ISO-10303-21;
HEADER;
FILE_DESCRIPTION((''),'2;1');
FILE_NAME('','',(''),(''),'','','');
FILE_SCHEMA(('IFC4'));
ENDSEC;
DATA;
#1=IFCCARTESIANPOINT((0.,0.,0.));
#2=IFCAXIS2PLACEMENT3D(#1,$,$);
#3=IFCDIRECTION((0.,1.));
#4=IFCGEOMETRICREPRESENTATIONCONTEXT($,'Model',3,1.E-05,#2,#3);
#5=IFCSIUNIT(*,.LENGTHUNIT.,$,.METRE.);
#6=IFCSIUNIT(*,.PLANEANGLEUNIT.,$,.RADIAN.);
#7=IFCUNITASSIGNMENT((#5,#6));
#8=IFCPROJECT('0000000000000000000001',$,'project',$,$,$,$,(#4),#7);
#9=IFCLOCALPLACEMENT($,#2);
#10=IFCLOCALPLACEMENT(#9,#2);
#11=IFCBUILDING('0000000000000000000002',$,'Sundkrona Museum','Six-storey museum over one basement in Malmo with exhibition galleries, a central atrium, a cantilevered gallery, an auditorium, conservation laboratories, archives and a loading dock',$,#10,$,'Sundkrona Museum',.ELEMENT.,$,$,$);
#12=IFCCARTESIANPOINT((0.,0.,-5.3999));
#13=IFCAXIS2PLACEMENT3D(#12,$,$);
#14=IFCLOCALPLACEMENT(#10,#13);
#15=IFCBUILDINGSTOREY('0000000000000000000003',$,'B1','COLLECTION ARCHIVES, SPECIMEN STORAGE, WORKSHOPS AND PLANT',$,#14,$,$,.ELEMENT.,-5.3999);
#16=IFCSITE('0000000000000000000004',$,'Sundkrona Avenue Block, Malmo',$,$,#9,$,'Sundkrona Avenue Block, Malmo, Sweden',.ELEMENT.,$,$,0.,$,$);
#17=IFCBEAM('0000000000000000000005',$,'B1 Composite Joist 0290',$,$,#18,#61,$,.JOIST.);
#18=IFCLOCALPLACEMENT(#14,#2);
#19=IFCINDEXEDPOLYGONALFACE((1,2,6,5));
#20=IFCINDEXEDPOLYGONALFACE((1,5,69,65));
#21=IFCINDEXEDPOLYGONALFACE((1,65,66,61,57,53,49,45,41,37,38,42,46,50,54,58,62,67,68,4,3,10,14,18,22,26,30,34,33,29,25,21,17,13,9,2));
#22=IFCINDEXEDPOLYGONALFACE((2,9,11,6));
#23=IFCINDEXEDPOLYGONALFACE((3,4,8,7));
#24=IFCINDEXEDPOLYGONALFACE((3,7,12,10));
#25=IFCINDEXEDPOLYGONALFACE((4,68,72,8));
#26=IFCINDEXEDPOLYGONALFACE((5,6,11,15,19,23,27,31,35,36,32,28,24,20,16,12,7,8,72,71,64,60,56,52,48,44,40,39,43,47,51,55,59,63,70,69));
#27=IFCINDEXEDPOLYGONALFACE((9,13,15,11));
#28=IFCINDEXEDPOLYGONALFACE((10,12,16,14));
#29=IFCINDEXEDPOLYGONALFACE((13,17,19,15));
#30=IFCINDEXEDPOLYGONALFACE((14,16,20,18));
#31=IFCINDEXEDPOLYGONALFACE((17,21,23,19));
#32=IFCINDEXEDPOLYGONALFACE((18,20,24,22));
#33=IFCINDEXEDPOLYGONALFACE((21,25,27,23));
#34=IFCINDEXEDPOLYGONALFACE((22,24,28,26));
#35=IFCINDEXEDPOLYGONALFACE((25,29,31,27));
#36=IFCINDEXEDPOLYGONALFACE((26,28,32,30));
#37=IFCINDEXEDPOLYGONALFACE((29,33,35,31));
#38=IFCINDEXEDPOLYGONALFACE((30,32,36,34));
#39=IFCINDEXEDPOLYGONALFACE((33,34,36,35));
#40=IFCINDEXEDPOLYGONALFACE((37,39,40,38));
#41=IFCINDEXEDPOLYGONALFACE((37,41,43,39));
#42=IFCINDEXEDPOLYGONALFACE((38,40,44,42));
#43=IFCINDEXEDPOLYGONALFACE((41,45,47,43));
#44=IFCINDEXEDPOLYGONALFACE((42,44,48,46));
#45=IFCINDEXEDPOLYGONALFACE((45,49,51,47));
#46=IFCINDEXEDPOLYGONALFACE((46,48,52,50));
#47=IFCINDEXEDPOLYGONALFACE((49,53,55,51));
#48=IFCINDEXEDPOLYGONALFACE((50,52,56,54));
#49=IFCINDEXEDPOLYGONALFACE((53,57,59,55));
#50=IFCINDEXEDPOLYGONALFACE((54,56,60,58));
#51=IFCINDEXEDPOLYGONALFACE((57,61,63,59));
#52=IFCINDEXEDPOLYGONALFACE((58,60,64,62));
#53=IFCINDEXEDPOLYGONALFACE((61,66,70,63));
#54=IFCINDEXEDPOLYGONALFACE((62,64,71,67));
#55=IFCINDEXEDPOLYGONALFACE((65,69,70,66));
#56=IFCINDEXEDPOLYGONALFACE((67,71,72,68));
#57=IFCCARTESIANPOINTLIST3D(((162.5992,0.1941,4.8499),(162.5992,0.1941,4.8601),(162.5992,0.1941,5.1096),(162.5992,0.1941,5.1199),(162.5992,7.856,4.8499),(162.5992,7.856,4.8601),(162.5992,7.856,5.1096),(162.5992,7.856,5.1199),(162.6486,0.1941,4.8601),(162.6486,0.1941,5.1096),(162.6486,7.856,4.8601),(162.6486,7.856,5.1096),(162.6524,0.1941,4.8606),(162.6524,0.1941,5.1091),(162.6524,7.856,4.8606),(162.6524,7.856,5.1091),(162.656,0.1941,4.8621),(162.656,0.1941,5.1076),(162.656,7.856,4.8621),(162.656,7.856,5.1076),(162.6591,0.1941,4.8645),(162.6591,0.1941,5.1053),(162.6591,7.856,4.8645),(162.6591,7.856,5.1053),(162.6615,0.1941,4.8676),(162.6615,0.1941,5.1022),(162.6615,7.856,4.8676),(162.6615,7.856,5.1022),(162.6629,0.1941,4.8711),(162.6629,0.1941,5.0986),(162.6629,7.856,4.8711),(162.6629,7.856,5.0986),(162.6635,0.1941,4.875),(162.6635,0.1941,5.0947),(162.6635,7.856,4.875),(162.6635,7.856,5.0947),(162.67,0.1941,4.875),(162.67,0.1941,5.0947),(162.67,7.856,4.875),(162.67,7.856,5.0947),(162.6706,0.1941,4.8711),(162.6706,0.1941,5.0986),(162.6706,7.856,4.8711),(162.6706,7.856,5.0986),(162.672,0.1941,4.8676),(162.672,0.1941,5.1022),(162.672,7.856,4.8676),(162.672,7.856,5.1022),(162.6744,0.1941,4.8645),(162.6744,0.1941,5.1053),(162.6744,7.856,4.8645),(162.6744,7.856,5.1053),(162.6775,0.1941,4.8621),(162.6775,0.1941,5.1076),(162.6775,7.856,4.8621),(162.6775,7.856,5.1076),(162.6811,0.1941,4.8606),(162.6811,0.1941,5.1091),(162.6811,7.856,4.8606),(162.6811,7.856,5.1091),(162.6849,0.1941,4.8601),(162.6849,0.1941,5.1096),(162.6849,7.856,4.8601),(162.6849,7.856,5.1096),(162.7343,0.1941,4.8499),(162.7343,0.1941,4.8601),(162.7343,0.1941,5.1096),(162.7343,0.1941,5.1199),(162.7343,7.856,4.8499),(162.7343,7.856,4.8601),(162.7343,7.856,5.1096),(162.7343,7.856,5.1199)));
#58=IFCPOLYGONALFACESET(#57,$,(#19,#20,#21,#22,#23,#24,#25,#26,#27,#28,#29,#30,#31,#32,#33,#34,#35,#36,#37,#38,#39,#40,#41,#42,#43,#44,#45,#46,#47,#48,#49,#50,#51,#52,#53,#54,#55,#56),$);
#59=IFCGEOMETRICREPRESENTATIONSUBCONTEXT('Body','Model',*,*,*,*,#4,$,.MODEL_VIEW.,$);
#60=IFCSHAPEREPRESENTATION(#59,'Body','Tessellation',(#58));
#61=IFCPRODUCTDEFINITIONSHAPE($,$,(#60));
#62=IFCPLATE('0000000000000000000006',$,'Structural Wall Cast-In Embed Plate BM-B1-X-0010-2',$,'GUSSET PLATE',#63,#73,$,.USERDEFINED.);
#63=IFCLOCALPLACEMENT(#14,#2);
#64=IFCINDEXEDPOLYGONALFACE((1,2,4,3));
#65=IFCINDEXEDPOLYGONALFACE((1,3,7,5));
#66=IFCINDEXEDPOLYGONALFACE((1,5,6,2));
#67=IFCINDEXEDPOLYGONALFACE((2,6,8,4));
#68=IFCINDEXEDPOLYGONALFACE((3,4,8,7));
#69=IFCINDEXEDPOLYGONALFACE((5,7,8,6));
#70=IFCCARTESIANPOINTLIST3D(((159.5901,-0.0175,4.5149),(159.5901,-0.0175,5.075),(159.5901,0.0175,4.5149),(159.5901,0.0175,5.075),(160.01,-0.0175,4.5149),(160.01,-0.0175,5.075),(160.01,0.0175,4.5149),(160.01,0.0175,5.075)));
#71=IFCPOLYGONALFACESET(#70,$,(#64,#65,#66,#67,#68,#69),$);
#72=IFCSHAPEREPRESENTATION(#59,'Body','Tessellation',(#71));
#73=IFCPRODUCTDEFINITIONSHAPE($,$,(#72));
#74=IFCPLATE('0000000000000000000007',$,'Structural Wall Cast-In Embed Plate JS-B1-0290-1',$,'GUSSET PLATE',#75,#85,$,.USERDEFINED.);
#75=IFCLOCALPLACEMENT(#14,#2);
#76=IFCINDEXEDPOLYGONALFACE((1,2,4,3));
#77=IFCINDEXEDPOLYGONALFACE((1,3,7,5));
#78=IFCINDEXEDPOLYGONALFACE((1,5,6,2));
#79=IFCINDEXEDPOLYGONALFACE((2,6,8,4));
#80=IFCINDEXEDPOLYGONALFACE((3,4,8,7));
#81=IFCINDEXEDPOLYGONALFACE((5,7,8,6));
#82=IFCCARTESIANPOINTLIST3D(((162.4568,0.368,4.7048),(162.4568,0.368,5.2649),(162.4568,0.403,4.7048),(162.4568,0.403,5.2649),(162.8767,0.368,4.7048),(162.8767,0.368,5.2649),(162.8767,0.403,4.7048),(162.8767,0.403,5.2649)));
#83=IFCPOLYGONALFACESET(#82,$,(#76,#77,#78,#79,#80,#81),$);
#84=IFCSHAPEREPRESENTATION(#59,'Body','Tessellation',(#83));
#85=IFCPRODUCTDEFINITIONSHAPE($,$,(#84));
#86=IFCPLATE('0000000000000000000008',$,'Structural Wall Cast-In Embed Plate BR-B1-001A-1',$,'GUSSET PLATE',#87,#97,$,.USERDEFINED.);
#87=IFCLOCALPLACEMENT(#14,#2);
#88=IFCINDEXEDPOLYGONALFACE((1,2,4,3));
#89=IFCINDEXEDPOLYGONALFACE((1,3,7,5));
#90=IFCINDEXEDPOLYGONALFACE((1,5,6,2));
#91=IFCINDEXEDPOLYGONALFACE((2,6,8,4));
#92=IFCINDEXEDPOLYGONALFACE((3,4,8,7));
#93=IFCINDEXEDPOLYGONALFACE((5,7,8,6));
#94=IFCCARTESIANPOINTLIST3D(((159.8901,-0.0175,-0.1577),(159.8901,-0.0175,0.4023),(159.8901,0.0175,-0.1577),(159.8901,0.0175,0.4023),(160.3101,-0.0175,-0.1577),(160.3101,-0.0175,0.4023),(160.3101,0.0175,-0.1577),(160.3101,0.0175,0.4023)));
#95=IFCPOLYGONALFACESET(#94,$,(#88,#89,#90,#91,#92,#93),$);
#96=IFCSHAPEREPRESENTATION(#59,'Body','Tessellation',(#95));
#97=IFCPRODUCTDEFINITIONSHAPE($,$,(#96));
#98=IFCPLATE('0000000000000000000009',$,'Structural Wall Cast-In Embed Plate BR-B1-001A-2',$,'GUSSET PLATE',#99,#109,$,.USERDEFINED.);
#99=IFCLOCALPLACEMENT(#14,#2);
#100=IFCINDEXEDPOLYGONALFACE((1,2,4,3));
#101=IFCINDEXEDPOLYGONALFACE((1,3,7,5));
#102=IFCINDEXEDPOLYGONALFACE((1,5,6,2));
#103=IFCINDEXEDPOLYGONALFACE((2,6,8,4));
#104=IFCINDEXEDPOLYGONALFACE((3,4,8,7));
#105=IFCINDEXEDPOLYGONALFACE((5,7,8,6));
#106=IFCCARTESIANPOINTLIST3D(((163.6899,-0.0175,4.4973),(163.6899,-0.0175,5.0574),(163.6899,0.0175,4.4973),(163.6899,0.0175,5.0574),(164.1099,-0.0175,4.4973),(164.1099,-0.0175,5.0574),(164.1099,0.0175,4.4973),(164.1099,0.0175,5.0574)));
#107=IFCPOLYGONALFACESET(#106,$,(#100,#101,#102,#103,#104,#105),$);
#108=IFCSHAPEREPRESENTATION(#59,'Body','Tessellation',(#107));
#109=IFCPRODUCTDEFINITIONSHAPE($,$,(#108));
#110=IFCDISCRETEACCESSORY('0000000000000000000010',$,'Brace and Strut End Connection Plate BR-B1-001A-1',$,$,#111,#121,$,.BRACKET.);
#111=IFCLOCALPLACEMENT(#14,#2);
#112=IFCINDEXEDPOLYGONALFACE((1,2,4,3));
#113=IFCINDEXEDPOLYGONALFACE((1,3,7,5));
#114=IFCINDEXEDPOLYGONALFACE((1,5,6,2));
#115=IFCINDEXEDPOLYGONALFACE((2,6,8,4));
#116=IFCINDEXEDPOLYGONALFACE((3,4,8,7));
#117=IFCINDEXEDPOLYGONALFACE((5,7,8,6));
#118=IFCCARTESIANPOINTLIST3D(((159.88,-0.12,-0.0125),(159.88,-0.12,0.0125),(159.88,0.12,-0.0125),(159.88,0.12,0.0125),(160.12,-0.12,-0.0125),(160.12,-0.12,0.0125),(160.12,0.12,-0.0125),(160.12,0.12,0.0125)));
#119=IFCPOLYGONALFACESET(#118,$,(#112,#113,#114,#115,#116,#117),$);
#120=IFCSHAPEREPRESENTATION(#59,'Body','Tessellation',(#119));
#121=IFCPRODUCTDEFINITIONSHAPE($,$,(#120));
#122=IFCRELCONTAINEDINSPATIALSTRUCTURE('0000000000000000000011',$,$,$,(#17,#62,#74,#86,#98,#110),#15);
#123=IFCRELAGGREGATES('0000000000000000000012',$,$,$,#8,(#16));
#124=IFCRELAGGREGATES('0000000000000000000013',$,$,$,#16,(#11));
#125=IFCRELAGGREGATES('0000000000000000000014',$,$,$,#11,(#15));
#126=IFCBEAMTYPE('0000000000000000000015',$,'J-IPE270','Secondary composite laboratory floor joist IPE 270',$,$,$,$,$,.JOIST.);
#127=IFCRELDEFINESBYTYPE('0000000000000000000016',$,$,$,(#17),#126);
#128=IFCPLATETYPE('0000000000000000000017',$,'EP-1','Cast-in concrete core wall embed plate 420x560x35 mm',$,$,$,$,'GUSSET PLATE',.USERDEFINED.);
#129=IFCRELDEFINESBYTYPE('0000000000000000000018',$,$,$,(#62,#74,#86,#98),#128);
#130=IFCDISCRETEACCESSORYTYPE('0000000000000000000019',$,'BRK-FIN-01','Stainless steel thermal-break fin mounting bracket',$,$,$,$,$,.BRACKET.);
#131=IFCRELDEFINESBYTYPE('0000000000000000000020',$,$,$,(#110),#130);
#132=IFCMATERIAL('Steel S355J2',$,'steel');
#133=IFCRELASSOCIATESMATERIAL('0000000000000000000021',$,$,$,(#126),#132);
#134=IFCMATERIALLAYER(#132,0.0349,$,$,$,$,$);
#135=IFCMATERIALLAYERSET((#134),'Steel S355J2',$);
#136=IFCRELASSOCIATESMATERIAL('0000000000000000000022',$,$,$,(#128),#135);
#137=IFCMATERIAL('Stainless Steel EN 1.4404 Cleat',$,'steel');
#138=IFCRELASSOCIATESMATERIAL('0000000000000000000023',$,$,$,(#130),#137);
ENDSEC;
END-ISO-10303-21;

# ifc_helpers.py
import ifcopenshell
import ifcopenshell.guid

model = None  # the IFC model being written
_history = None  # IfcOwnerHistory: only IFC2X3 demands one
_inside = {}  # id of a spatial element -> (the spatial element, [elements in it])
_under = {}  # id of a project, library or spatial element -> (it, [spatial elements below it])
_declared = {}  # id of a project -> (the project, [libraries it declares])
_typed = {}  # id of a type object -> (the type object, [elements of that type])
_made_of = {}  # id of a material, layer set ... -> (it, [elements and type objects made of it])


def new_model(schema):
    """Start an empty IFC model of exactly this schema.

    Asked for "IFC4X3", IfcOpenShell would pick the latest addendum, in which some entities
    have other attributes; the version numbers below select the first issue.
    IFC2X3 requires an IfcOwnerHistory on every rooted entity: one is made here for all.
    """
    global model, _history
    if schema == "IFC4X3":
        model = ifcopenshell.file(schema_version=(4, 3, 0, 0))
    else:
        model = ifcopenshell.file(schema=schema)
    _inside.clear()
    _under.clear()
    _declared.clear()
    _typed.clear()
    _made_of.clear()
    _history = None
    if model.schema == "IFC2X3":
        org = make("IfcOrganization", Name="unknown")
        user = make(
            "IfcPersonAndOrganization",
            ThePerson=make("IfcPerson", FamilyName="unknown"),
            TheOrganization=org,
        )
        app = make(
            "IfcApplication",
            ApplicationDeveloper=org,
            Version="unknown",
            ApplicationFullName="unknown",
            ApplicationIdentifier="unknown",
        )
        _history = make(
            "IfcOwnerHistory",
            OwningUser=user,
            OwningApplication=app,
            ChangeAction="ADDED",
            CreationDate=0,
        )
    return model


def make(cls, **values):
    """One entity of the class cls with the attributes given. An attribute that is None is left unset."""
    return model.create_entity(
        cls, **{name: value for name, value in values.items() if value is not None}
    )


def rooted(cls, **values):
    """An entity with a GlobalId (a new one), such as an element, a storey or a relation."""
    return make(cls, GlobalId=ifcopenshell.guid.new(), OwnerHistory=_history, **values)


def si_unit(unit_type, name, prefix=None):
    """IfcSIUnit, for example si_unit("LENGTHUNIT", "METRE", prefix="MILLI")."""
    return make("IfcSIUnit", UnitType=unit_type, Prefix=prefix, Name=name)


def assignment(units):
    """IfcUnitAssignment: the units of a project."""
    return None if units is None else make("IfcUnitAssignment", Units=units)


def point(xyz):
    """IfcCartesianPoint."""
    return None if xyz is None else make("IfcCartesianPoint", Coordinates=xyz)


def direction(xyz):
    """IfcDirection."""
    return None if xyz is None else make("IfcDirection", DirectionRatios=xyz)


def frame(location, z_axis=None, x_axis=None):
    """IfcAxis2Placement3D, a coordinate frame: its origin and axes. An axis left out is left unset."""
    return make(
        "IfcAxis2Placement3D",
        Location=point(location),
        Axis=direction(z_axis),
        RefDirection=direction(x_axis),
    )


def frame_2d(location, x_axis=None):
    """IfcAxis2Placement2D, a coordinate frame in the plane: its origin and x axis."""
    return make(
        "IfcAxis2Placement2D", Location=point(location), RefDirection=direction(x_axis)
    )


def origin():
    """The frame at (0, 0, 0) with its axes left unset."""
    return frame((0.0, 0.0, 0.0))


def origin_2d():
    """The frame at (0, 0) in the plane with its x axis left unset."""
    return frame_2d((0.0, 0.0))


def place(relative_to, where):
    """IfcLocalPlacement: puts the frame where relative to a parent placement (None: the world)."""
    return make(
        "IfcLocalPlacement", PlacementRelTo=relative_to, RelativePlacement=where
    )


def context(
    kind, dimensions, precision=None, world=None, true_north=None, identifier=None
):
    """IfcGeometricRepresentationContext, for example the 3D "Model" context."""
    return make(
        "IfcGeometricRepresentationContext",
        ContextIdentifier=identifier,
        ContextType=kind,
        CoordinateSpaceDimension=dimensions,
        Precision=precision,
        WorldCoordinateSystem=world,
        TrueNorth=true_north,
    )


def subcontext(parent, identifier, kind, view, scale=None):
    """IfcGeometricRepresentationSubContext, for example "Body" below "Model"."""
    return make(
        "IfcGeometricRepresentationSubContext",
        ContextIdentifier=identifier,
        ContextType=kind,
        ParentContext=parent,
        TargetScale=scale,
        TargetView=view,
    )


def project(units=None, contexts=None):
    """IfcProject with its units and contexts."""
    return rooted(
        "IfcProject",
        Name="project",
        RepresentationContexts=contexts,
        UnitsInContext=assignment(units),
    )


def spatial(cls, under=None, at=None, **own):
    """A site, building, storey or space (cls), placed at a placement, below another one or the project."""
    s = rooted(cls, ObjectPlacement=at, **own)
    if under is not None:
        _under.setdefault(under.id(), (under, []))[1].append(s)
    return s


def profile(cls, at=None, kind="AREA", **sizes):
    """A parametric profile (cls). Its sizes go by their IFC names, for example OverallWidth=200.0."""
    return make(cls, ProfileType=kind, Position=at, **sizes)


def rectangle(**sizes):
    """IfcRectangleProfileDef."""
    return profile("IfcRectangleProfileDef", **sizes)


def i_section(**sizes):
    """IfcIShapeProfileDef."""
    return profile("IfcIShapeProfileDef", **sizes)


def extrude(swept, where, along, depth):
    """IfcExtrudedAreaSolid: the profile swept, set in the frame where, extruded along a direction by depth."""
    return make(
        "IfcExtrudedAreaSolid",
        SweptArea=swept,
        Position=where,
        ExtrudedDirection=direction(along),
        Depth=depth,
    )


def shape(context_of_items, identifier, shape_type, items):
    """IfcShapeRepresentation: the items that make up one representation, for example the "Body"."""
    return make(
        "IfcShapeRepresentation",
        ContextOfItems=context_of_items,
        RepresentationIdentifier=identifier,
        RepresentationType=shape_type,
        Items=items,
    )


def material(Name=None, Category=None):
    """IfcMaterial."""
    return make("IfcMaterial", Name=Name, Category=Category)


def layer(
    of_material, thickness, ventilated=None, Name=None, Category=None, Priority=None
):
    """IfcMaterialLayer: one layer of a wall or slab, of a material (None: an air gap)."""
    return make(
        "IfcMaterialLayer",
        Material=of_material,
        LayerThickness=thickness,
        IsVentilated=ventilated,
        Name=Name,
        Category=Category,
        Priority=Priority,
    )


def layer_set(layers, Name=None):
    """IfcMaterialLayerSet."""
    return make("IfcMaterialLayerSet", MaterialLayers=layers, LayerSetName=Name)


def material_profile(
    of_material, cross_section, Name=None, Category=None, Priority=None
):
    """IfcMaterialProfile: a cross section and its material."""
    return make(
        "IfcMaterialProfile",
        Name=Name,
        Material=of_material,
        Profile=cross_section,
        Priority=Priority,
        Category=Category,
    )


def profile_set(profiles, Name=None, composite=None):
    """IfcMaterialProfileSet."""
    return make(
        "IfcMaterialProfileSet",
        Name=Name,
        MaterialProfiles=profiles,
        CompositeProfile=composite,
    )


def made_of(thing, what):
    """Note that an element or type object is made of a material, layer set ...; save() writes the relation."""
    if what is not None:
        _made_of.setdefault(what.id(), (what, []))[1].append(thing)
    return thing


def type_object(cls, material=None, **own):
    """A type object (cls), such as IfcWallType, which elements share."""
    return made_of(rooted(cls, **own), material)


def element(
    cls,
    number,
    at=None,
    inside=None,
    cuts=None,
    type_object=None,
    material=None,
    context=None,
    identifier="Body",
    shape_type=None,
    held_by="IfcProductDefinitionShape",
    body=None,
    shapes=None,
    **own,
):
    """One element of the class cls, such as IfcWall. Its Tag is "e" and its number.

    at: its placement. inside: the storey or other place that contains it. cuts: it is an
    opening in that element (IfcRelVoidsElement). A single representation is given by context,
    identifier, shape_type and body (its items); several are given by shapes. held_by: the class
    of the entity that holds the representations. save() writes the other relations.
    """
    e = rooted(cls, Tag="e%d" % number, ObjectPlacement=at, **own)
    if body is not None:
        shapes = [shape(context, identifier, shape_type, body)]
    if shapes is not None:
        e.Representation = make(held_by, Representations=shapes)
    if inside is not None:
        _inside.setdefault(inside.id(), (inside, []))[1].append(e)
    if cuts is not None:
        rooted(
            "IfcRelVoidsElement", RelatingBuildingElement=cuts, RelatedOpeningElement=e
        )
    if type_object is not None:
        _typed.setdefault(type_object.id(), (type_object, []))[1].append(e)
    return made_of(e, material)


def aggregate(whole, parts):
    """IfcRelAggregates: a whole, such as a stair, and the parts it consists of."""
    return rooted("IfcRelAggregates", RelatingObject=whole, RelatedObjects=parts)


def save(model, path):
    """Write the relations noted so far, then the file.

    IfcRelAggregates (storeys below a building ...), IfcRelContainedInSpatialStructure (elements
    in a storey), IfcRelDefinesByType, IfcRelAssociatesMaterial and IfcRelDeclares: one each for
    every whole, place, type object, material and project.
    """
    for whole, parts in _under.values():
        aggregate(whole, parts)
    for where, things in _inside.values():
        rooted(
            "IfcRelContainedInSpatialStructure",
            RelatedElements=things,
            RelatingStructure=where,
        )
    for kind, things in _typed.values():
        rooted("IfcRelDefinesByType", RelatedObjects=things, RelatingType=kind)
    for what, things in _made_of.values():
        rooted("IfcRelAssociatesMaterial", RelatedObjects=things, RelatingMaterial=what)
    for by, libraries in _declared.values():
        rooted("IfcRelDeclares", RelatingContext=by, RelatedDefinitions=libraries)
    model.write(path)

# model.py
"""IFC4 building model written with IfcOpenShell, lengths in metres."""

from ifc_helpers import new_model, si_unit, direction, frame, origin, origin_2d, place, context, subcontext, project, spatial, rectangle, i_section, extrude, material, layer, layer_set, material_profile, profile_set, type_object, element, save


model = new_model("IFC4")

# Units and contexts
model_context = context("Model", 3, precision=1e-05, world=origin(), true_north=direction((0.0, 1.0)))
body_context = subcontext(model_context, "Body", "Model", "MODEL_VIEW")
ifc_project = project(units=[si_unit("LENGTHUNIT", "METRE"), si_unit("PLANEANGLEUNIT", "RADIAN")], contexts=[model_context])

# Site, building, storey
site_placement = place(None, origin())
site = spatial("IfcSite", under=ifc_project, at=site_placement, Name="Sundkrona Avenue Block, Malmo", LongName="Sundkrona Avenue Block, Malmo, Sweden", CompositionType="ELEMENT", RefElevation=0.0)
building_placement = place(site_placement, origin())
building = spatial("IfcBuilding", under=site, at=building_placement, Name="Sundkrona Museum", Description="Six-storey museum over one basement in Malmo with exhibition galleries, a central atrium, a cantilevered gallery, an auditorium, conservation laboratories, archives and a loading dock", LongName="Sundkrona Museum", CompositionType="ELEMENT")
storey_placement = place(building_placement, frame((0.0, 0.0, -5.3999)))
storey = spatial("IfcBuildingStorey", under=building, at=storey_placement, Name="B1", Description="COLLECTION ARCHIVES, SPECIMEN STORAGE, WORKSHOPS AND PLANT", CompositionType="ELEMENT", Elevation=-5.3999)

# Shared definitions
ifc_material_1 = material(Name="Steel S355J2", Category="steel")

# Beam
ifc_material_profile_1 = material_profile(ifc_material_1, i_section(OverallWidth=0.135, OverallDepth=0.27, WebThickness=0.0066, FlangeThickness=0.0103, FilletRadius=0.0149, at=origin_2d()), Name="IPE 270")
ifc_profile_set_1 = profile_set([ifc_material_profile_1], Name="Steel S355J2")
beam_type_1 = type_object("IfcBeamType", Name="J-IPE270", Description="Secondary composite laboratory floor joist IPE 270", PredefinedType="JOIST", material=ifc_profile_set_1)
beam_1_placement = place(storey_placement, frame((162.6667, 0.1941, 4.9849), z_axis=(0.0, 1.0, 0.0), x_axis=(-1.0, 0.0, 0.0)))
element("IfcBeam", 1, at=beam_1_placement, inside=storey, type_object=beam_type_1, Name="B1 Composite Joist 0290", PredefinedType="JOIST", context=body_context, shape_type="SweptSolid", body=[
    extrude(i_section(OverallWidth=0.135, OverallDepth=0.27, WebThickness=0.0066, FlangeThickness=0.0103, FilletRadius=0.0149, at=origin_2d()), origin(), (0.0, 0.0, 1.0), 7.6619),
])

# Plates
ifc_layer = layer(ifc_material_1, 0.0349)
ifc_layer_set = layer_set([ifc_layer], Name="Steel S355J2")
plate_type = type_object("IfcPlateType", Name="EP-1", Description="Cast-in concrete core wall embed plate 420x560x35 mm", ElementType="GUSSET PLATE", PredefinedType="USERDEFINED", material=ifc_layer_set)
for number, where, z_axis, x_axis, name in (
    (2, (159.8, 0.0, 4.5149), (0.0, 0.0, 1.0), (1.0, 0.0, 0.0), "Structural Wall Cast-In Embed Plate BM-B1-X-0010-2"),
    (3, (162.6667, 0.3855, 4.7048), (0.0, 0.0, 1.0), (1.0, 0.0, 0.0), "Structural Wall Cast-In Embed Plate JS-B1-0290-1"),
    (4, (160.1001, 0.0, -0.1577), (0.0, 0.0, 1.0), (1.0, 0.0, 0.0), "Structural Wall Cast-In Embed Plate BR-B1-001A-1"),
    (5, (163.8999, 0.0, 4.4973), (0.0, 0.0, 1.0), (1.0, 0.0, 0.0), "Structural Wall Cast-In Embed Plate BR-B1-001A-2"),
):
    element("IfcPlate", number, at=place(storey_placement, frame(where, z_axis=z_axis, x_axis=x_axis)), inside=storey, type_object=plate_type, Name=name, ObjectType="GUSSET PLATE", PredefinedType="USERDEFINED", context=body_context, shape_type="SweptSolid", body=[
        extrude(rectangle(XDim=0.4199, YDim=0.0349, at=origin_2d()), origin(), (0.0, 0.0, 1.0), 0.5601),
    ])

# Discrete accessory
ifc_material_2 = material(Name="Stainless Steel EN 1.4404 Cleat", Category="steel")
discrete_accessory_type = type_object("IfcDiscreteAccessoryType", Name="BRK-FIN-01", Description="Stainless steel thermal-break fin mounting bracket", PredefinedType="BRACKET", material=ifc_material_2)
discrete_accessory_placement = place(storey_placement, frame((160.0, 0.0, -0.0125), z_axis=(0.0, 0.0, 1.0), x_axis=(1.0, 0.0, 0.0)))
element("IfcDiscreteAccessory", 6, at=discrete_accessory_placement, inside=storey, type_object=discrete_accessory_type, Name="Brace and Strut End Connection Plate BR-B1-001A-1", PredefinedType="BRACKET", context=body_context, shape_type="SweptSolid", body=[
    extrude(rectangle(XDim=0.24, YDim=0.24, at=origin_2d()), origin(), (0.0, 0.0, 1.0), 0.0249),
])

save(model, "model.ifc")
